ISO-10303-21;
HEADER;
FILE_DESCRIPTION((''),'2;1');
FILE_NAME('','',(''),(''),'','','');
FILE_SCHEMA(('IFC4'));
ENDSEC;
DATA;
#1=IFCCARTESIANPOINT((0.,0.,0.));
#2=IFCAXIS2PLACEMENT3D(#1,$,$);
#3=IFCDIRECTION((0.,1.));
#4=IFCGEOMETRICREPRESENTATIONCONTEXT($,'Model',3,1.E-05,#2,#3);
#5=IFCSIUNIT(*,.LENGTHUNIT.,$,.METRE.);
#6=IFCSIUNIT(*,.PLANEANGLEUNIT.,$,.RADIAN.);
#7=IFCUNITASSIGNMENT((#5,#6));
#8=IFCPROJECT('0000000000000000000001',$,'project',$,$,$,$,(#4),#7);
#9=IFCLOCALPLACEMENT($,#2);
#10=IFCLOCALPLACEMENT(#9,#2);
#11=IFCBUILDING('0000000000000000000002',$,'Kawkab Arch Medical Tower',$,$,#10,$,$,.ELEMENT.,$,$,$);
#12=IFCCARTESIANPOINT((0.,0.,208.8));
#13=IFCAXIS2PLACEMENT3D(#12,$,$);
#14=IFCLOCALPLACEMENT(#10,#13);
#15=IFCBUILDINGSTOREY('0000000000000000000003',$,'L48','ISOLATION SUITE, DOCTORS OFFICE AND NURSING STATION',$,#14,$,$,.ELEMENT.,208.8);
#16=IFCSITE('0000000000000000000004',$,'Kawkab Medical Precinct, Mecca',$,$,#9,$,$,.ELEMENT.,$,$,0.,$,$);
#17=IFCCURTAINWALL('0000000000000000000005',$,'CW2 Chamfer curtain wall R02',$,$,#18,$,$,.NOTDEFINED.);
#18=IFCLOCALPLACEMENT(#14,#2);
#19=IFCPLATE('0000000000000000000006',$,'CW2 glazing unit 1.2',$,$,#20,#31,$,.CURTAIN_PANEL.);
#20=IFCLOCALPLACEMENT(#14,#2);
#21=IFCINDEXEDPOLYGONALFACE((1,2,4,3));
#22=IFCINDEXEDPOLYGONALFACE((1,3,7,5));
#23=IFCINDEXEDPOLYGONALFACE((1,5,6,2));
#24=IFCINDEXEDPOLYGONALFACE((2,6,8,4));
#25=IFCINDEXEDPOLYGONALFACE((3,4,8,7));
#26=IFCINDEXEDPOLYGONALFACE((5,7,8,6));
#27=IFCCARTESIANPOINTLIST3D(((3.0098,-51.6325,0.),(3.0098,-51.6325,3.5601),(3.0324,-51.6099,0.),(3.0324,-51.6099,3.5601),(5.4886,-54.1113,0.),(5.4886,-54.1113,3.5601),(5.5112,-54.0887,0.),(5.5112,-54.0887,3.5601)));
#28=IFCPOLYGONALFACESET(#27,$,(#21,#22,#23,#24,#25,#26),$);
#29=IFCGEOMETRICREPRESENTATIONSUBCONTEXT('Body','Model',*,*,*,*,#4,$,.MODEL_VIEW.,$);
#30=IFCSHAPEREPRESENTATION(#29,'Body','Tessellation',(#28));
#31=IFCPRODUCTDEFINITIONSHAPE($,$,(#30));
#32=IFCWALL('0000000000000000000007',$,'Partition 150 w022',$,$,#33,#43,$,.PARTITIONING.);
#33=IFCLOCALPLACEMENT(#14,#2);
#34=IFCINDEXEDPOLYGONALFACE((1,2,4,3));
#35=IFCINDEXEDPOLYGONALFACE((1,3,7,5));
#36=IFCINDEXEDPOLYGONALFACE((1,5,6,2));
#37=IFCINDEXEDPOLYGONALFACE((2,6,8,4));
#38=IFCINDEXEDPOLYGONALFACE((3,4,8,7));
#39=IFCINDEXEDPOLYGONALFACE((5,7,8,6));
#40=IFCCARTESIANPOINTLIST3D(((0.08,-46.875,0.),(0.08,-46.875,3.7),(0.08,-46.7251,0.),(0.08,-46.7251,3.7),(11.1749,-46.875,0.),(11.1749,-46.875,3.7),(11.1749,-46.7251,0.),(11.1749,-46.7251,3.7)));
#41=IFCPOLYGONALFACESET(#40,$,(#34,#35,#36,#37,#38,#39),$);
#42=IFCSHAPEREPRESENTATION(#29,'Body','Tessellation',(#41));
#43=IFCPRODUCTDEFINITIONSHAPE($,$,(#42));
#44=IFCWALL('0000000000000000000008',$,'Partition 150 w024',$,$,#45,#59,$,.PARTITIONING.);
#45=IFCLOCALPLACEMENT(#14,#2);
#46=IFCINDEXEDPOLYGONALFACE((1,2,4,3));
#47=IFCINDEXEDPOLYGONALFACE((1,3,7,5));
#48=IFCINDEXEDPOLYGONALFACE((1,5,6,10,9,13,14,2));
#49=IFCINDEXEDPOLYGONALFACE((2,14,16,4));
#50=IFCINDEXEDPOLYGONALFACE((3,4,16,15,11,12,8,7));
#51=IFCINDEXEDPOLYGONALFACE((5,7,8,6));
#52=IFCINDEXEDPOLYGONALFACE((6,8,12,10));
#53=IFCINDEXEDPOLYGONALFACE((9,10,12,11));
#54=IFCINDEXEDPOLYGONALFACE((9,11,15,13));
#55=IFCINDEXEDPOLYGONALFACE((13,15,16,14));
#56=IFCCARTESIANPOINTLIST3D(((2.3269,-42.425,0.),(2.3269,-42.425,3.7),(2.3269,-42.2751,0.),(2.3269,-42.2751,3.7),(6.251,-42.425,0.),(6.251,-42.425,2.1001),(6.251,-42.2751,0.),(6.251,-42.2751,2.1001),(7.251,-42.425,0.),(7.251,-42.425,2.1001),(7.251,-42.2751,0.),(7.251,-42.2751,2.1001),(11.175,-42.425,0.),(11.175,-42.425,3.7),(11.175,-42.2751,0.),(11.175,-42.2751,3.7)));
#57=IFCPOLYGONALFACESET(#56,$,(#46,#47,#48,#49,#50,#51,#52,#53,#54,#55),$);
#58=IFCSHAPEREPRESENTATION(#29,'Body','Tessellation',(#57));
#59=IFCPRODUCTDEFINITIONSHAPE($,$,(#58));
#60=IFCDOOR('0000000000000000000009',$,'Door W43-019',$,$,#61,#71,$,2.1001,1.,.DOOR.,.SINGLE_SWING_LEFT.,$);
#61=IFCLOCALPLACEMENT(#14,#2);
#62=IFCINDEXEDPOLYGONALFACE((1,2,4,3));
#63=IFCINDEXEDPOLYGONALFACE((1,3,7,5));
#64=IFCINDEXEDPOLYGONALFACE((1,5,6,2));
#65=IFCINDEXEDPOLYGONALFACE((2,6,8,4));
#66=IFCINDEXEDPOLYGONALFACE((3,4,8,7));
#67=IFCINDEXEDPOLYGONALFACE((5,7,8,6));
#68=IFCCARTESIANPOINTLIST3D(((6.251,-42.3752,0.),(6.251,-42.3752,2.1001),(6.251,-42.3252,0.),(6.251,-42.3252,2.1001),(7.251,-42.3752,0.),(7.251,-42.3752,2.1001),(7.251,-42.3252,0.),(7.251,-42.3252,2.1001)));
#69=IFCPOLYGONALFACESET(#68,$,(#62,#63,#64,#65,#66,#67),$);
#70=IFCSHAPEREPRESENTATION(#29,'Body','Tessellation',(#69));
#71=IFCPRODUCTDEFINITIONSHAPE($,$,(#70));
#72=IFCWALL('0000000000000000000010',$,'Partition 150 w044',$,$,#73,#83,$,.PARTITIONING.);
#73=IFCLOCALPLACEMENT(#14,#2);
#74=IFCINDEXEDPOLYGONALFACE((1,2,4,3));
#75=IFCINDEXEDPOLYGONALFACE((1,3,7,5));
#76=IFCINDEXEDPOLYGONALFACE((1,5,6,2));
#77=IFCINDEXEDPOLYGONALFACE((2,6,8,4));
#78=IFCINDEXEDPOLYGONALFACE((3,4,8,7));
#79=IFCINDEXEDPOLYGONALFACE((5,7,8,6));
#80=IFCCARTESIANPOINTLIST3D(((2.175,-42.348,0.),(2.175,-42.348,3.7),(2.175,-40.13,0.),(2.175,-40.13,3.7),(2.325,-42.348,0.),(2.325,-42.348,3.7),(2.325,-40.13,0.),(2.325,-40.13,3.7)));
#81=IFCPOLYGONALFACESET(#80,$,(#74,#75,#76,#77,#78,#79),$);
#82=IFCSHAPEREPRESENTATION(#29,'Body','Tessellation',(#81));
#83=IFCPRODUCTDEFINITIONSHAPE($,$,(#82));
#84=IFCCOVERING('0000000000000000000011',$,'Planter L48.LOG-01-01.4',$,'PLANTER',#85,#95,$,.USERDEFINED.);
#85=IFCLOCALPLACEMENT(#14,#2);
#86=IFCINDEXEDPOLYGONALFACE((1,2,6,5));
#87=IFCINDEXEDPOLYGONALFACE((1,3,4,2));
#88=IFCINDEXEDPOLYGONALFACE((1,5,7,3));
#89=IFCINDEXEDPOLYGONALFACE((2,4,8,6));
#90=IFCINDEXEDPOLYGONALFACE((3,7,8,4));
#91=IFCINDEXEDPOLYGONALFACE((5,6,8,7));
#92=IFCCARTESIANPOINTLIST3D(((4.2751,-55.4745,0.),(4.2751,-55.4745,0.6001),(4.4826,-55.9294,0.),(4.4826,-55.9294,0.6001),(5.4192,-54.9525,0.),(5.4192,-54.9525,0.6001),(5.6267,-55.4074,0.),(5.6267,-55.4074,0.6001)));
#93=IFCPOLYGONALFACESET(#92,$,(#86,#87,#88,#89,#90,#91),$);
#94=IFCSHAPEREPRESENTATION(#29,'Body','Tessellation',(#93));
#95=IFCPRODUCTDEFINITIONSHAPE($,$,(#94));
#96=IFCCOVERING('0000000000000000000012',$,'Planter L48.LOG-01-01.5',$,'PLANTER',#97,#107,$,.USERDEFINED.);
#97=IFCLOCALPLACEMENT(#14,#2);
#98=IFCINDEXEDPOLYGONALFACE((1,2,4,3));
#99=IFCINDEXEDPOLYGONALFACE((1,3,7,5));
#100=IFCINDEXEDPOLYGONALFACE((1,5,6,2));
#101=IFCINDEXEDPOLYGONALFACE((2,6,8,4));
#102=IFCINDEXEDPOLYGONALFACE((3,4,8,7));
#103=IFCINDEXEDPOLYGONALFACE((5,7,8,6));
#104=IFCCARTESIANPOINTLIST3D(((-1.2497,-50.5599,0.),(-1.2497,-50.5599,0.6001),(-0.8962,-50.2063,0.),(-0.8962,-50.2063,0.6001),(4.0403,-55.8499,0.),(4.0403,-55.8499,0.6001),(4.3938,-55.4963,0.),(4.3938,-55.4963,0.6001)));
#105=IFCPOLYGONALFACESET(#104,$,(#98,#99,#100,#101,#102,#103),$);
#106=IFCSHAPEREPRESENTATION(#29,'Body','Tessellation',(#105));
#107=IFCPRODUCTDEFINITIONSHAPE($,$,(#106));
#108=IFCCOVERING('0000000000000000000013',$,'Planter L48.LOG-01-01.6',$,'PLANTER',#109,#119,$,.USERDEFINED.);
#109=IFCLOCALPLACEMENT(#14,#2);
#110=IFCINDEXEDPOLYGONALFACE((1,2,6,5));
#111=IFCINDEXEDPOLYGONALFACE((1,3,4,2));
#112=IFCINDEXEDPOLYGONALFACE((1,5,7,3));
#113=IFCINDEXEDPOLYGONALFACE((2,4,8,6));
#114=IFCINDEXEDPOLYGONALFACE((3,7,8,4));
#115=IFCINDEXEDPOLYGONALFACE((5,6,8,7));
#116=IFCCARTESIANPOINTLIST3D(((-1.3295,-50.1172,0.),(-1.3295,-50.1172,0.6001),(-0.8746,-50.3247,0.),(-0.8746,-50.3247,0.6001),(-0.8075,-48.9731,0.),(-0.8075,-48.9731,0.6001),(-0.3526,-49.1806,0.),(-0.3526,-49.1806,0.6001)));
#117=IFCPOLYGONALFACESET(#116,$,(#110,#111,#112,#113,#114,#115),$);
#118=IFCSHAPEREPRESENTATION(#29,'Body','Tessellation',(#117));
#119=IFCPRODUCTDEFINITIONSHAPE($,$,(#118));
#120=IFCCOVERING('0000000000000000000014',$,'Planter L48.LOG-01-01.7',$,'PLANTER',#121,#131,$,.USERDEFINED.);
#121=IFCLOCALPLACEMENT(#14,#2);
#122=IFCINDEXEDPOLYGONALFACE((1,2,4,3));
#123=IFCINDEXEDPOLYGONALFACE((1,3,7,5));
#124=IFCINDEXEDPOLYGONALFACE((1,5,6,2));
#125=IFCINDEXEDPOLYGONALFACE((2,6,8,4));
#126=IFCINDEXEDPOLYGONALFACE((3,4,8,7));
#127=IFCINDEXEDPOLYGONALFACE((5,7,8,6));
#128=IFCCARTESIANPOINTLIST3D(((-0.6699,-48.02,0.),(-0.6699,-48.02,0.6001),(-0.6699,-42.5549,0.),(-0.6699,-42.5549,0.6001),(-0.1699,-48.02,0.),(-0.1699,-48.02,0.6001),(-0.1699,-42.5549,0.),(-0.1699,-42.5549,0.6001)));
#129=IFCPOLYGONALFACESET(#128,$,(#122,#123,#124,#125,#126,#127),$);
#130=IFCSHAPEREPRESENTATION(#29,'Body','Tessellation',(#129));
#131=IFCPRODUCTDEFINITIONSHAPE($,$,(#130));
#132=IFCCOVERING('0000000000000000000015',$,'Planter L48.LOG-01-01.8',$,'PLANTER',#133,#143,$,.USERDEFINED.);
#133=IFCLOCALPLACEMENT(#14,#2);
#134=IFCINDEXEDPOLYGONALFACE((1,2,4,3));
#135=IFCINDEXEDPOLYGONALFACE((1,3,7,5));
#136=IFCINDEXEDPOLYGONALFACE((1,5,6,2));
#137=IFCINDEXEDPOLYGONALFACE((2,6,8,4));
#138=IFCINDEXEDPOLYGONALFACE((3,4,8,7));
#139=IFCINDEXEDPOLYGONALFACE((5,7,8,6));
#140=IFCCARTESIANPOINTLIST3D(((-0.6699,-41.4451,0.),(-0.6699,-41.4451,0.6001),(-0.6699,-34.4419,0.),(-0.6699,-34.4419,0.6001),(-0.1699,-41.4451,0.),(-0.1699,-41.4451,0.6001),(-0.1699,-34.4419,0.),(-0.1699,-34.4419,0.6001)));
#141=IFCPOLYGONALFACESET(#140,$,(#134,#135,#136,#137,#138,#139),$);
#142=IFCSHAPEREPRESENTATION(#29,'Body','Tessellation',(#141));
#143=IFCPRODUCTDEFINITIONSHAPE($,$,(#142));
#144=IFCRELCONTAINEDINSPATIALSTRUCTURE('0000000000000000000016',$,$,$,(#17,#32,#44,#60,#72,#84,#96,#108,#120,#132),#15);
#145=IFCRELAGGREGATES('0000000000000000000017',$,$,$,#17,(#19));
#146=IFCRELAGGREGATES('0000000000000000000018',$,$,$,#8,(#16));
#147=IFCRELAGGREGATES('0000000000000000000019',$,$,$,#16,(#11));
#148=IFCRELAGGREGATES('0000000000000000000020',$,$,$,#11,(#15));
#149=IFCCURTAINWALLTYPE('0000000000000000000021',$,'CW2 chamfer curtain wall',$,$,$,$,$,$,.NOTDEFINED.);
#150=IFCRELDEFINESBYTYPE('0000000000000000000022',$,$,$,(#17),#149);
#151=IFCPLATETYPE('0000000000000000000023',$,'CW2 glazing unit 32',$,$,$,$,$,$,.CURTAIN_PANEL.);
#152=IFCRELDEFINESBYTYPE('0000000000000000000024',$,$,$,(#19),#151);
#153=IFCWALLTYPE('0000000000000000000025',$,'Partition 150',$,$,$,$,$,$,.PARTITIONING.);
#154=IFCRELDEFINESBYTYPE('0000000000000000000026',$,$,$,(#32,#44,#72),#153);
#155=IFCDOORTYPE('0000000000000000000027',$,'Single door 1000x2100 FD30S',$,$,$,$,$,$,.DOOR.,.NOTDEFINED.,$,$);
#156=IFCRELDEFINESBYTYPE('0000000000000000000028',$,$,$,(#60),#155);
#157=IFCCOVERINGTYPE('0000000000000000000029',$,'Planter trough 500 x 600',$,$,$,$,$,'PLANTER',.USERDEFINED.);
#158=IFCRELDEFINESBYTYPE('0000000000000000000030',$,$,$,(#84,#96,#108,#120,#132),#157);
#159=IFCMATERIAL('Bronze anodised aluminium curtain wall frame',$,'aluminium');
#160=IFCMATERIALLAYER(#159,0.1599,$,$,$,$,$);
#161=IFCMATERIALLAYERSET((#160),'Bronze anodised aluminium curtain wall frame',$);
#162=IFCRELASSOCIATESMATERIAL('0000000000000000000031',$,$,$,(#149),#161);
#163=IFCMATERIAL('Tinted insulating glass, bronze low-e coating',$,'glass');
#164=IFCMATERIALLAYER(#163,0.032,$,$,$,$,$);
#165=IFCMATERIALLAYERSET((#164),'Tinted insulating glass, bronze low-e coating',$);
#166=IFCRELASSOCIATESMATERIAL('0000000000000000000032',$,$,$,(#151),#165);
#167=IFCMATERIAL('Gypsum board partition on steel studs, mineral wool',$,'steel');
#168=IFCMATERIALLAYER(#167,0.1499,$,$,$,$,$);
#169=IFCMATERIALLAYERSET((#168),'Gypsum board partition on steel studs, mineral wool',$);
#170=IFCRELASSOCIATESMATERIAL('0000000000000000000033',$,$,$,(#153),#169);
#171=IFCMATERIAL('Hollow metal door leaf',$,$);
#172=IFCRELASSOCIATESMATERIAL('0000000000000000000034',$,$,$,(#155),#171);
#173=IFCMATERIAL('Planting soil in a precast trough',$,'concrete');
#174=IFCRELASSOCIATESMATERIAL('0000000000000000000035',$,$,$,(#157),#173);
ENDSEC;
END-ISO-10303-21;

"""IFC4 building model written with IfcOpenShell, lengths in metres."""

from ifc_helpers import new_model, si_unit, direction, frame, frame_2d, origin, origin_2d, place, context, subcontext, project, spatial, rectangle, extrude, material, layer, layer_set, material_profile, profile_set, type_object, element, fill, aggregate, save


model = new_model("IFC4")

# Units and contexts
model_context = context("Model", 3, precision=1e-05, world=origin(), true_north=direction((0.0, 1.0)))
body_context = subcontext(model_context, "Body", "Model", "MODEL_VIEW")
ifc_project = project(units=[si_unit("LENGTHUNIT", "METRE"), si_unit("PLANEANGLEUNIT", "RADIAN")], contexts=[model_context])

# Site, building, storey
site_placement = place(None, origin())
site = spatial("IfcSite", under=ifc_project, at=site_placement, Name="Kawkab Medical Precinct, Mecca", CompositionType="ELEMENT", RefElevation=0.0)
building_placement = place(site_placement, origin())
building = spatial("IfcBuilding", under=site, at=building_placement, Name="Kawkab Arch Medical Tower", CompositionType="ELEMENT")
storey_placement = place(building_placement, frame((0.0, 0.0, 208.8)))
storey = spatial("IfcBuildingStorey", under=building, at=storey_placement, Name="L48", Description="ISOLATION SUITE, DOCTORS OFFICE AND NURSING STATION", CompositionType="ELEMENT", Elevation=208.8)

# Shared definitions
placement = place(storey_placement, origin())

# Curtain wall
ifc_material_1 = material(Name="Bronze anodised aluminium curtain wall frame", Category="aluminium")
ifc_layer_1 = layer(ifc_material_1, 0.1599)
ifc_layer_set_1 = layer_set([ifc_layer_1], Name="Bronze anodised aluminium curtain wall frame")
curtain_wall_type_1 = type_object("IfcCurtainWallType", Name="CW2 chamfer curtain wall", PredefinedType="NOTDEFINED", material=ifc_layer_set_1)
curtain_wall_1 = element("IfcCurtainWall", 1, at=placement, inside=storey, type_object=curtain_wall_type_1, Name="CW2 Chamfer curtain wall R02", PredefinedType="NOTDEFINED")

# Plate
ifc_material_2 = material(Name="Tinted insulating glass, bronze low-e coating", Category="glass")
ifc_layer_2 = layer(ifc_material_2, 0.032)
ifc_layer_set_2 = layer_set([ifc_layer_2], Name="Tinted insulating glass, bronze low-e coating")
plate_type_1 = type_object("IfcPlateType", Name="CW2 glazing unit 32", PredefinedType="CURTAIN_PANEL", material=ifc_layer_set_2)
plate_1_placement = place(storey_placement, frame((4.2605, -52.8606, 0.0), z_axis=(0.0, 0.0, 1.0), x_axis=(0.707107, -0.707107, 0.0)))
plate_1 = element("IfcPlate", 2, at=plate_1_placement, type_object=plate_type_1, Name="CW2 glazing unit 1.2", PredefinedType="CURTAIN_PANEL", context=body_context, shape_type="SweptSolid", body=[
    extrude(rectangle(XDim=3.5056, YDim=0.032, at=origin_2d()), origin(), (0.0, 0.0, 1.0), 3.5601),
])
aggregate(curtain_wall_1, [plate_1])

# Wall
ifc_material_3 = material(Name="Gypsum board partition on steel studs, mineral wool", Category="steel")
ifc_layer_3 = layer(ifc_material_3, 0.1499)
ifc_layer_set_3 = layer_set([ifc_layer_3], Name="Gypsum board partition on steel studs, mineral wool")
wall_type = type_object("IfcWallType", Name="Partition 150", PredefinedType="PARTITIONING", material=ifc_layer_set_3)
wall_1_placement = place(storey_placement, frame((0.0801, -46.8, 0.0), z_axis=(0.0, 0.0, 1.0), x_axis=(1.0, 0.0, 0.0)))
element("IfcWall", 3, at=wall_1_placement, inside=storey, type_object=wall_type, Name="Partition 150 w022", PredefinedType="PARTITIONING", context=body_context, shape_type="SweptSolid", body=[
    extrude(rectangle(XDim=11.095, YDim=0.1499, at=frame_2d((5.5474, 0.0))), origin(), (0.0, 0.0, 1.0), 3.7),
])

# Wall, opening, door
wall_2_placement = place(storey_placement, frame((2.3269, -42.3501, 0.0), z_axis=(0.0, 0.0, 1.0), x_axis=(1.0, 0.0, 0.0)))
wall_2 = element("IfcWall", 4, at=wall_2_placement, inside=storey, type_object=wall_type, Name="Partition 150 w024", PredefinedType="PARTITIONING", context=body_context, shape_type="SweptSolid", body=[
    extrude(rectangle(XDim=8.8481, YDim=0.1499, at=frame_2d((4.4241, 0.0))), origin(), (0.0, 0.0, 1.0), 3.7),
])
opening_placement = place(wall_2_placement, frame((3.9241, 0.0, 0.0)))
opening = element("IfcOpeningElement", 5, at=opening_placement, cuts=wall_2, PredefinedType="OPENING", context=body_context, shape_type="SweptSolid", body=[
    extrude(rectangle(XDim=1.0, YDim=2.1001, at=frame_2d((0.5, 1.05))), frame((0.0, 0.085, 0.0), z_axis=(0.0, -1.0, 0.0), x_axis=(1.0, 0.0, 0.0)), (0.0, 0.0, 1.0), 0.1699),
])
ifc_material_4 = material(Name="Hollow metal door leaf")
door_type = type_object("IfcDoorType", Name="Single door 1000x2100 FD30S", OperationType="NOTDEFINED", PredefinedType="DOOR", material=ifc_material_4)
door_placement = place(opening_placement, origin())
door = element("IfcDoor", 6, at=door_placement, inside=storey, type_object=door_type, Name="Door W43-019", OperationType="SINGLE_SWING_LEFT", OverallHeight=2.1001, OverallWidth=1.0, PredefinedType="DOOR", context=body_context, shape_type="SweptSolid", body=[
    extrude(rectangle(XDim=1.0, YDim=2.1001, at=frame_2d((0.5, 1.05))), frame((0.0, 0.0249, 0.0), z_axis=(0.0, -1.0, 0.0), x_axis=(1.0, 0.0, 0.0)), (0.0, 0.0, 1.0), 0.05),
])
fill(opening, door)

# Wall
wall_3_placement = place(storey_placement, frame((2.25, -42.3479, 0.0), z_axis=(0.0, 0.0, 1.0), x_axis=(0.0, 1.0, 0.0)))
element("IfcWall", 7, at=wall_3_placement, inside=storey, type_object=wall_type, Name="Partition 150 w044", PredefinedType="PARTITIONING", context=body_context, shape_type="SweptSolid", body=[
    extrude(rectangle(XDim=2.218, YDim=0.1499, at=frame_2d((1.1089, 0.0))), origin(), (0.0, 0.0, 1.0), 3.7),
])

# Coverings
ifc_material_5 = material(Name="Planting soil in a precast trough", Category="concrete")
ifc_material_profile_1 = material_profile(ifc_material_5, rectangle(XDim=0.5, YDim=0.6001, at=origin_2d()), Name="Trough 500x600")
ifc_profile_set_1 = profile_set([ifc_material_profile_1], Name="Planting soil in a precast trough")
covering_type = type_object("IfcCoveringType", Name="Planter trough 500 x 600", ElementType="PLANTER", PredefinedType="USERDEFINED", material=ifc_profile_set_1)
covering_1_placement = place(storey_placement, frame((5.5229, -55.1799, 0.3), z_axis=(-0.90978, -0.41509, 0.0), x_axis=(0.41509, -0.90978, 0.0)))
element("IfcCovering", 8, at=covering_1_placement, inside=storey, type_object=covering_type, Name="Planter L48.LOG-01-01.4", ObjectType="PLANTER", PredefinedType="USERDEFINED", context=body_context, shape_type="SweptSolid", body=[
    extrude(rectangle(XDim=0.5, YDim=0.6001, at=origin_2d()), origin(), (0.0, 0.0, 1.0), 1.2576),
])
covering_2_placement = place(storey_placement, frame((4.217, -55.6731, 0.3), z_axis=(-0.707107, 0.707107, 0.0), x_axis=(-0.707107, -0.707107, 0.0)))
element("IfcCovering", 9, at=covering_2_placement, inside=storey, type_object=covering_type, Name="Planter L48.LOG-01-01.5", ObjectType="PLANTER", PredefinedType="USERDEFINED", context=body_context, shape_type="SweptSolid", body=[
    extrude(rectangle(XDim=0.5, YDim=0.6001, at=origin_2d()), origin(), (0.0, 0.0, 1.0), 7.4812),
])
covering_3_placement = place(storey_placement, frame((-1.1021, -50.2209, 0.3), z_axis=(0.41509, 0.90978, 0.0), x_axis=(-0.90978, 0.41509, 0.0)))
element("IfcCovering", 10, at=covering_3_placement, inside=storey, type_object=covering_type, Name="Planter L48.LOG-01-01.6", ObjectType="PLANTER", PredefinedType="USERDEFINED", context=body_context, shape_type="SweptSolid", body=[
    extrude(rectangle(XDim=0.5, YDim=0.6001, at=origin_2d()), origin(), (0.0, 0.0, 1.0), 1.2576),
])
covering_4_placement = place(storey_placement, frame((-0.4199, -48.02, 0.3), z_axis=(0.0, 1.0, 0.0), x_axis=(-1.0, 0.0, 0.0)))
element("IfcCovering", 11, at=covering_4_placement, inside=storey, type_object=covering_type, Name="Planter L48.LOG-01-01.7", ObjectType="PLANTER", PredefinedType="USERDEFINED", context=body_context, shape_type="SweptSolid", body=[
    extrude(rectangle(XDim=0.5, YDim=0.6001, at=origin_2d()), origin(), (0.0, 0.0, 1.0), 5.4651),
])
covering_5_placement = place(storey_placement, frame((-0.4199, -41.4451, 0.3), z_axis=(0.0, 1.0, 0.0), x_axis=(-1.0, 0.0, 0.0)))
element("IfcCovering", 12, at=covering_5_placement, inside=storey, type_object=covering_type, Name="Planter L48.LOG-01-01.8", ObjectType="PLANTER", PredefinedType="USERDEFINED", context=body_context, shape_type="SweptSolid", body=[
    extrude(rectangle(XDim=0.5, YDim=0.6001, at=origin_2d()), origin(), (0.0, 0.0, 1.0), 7.0032),
])

save(model, "model.ifc")
